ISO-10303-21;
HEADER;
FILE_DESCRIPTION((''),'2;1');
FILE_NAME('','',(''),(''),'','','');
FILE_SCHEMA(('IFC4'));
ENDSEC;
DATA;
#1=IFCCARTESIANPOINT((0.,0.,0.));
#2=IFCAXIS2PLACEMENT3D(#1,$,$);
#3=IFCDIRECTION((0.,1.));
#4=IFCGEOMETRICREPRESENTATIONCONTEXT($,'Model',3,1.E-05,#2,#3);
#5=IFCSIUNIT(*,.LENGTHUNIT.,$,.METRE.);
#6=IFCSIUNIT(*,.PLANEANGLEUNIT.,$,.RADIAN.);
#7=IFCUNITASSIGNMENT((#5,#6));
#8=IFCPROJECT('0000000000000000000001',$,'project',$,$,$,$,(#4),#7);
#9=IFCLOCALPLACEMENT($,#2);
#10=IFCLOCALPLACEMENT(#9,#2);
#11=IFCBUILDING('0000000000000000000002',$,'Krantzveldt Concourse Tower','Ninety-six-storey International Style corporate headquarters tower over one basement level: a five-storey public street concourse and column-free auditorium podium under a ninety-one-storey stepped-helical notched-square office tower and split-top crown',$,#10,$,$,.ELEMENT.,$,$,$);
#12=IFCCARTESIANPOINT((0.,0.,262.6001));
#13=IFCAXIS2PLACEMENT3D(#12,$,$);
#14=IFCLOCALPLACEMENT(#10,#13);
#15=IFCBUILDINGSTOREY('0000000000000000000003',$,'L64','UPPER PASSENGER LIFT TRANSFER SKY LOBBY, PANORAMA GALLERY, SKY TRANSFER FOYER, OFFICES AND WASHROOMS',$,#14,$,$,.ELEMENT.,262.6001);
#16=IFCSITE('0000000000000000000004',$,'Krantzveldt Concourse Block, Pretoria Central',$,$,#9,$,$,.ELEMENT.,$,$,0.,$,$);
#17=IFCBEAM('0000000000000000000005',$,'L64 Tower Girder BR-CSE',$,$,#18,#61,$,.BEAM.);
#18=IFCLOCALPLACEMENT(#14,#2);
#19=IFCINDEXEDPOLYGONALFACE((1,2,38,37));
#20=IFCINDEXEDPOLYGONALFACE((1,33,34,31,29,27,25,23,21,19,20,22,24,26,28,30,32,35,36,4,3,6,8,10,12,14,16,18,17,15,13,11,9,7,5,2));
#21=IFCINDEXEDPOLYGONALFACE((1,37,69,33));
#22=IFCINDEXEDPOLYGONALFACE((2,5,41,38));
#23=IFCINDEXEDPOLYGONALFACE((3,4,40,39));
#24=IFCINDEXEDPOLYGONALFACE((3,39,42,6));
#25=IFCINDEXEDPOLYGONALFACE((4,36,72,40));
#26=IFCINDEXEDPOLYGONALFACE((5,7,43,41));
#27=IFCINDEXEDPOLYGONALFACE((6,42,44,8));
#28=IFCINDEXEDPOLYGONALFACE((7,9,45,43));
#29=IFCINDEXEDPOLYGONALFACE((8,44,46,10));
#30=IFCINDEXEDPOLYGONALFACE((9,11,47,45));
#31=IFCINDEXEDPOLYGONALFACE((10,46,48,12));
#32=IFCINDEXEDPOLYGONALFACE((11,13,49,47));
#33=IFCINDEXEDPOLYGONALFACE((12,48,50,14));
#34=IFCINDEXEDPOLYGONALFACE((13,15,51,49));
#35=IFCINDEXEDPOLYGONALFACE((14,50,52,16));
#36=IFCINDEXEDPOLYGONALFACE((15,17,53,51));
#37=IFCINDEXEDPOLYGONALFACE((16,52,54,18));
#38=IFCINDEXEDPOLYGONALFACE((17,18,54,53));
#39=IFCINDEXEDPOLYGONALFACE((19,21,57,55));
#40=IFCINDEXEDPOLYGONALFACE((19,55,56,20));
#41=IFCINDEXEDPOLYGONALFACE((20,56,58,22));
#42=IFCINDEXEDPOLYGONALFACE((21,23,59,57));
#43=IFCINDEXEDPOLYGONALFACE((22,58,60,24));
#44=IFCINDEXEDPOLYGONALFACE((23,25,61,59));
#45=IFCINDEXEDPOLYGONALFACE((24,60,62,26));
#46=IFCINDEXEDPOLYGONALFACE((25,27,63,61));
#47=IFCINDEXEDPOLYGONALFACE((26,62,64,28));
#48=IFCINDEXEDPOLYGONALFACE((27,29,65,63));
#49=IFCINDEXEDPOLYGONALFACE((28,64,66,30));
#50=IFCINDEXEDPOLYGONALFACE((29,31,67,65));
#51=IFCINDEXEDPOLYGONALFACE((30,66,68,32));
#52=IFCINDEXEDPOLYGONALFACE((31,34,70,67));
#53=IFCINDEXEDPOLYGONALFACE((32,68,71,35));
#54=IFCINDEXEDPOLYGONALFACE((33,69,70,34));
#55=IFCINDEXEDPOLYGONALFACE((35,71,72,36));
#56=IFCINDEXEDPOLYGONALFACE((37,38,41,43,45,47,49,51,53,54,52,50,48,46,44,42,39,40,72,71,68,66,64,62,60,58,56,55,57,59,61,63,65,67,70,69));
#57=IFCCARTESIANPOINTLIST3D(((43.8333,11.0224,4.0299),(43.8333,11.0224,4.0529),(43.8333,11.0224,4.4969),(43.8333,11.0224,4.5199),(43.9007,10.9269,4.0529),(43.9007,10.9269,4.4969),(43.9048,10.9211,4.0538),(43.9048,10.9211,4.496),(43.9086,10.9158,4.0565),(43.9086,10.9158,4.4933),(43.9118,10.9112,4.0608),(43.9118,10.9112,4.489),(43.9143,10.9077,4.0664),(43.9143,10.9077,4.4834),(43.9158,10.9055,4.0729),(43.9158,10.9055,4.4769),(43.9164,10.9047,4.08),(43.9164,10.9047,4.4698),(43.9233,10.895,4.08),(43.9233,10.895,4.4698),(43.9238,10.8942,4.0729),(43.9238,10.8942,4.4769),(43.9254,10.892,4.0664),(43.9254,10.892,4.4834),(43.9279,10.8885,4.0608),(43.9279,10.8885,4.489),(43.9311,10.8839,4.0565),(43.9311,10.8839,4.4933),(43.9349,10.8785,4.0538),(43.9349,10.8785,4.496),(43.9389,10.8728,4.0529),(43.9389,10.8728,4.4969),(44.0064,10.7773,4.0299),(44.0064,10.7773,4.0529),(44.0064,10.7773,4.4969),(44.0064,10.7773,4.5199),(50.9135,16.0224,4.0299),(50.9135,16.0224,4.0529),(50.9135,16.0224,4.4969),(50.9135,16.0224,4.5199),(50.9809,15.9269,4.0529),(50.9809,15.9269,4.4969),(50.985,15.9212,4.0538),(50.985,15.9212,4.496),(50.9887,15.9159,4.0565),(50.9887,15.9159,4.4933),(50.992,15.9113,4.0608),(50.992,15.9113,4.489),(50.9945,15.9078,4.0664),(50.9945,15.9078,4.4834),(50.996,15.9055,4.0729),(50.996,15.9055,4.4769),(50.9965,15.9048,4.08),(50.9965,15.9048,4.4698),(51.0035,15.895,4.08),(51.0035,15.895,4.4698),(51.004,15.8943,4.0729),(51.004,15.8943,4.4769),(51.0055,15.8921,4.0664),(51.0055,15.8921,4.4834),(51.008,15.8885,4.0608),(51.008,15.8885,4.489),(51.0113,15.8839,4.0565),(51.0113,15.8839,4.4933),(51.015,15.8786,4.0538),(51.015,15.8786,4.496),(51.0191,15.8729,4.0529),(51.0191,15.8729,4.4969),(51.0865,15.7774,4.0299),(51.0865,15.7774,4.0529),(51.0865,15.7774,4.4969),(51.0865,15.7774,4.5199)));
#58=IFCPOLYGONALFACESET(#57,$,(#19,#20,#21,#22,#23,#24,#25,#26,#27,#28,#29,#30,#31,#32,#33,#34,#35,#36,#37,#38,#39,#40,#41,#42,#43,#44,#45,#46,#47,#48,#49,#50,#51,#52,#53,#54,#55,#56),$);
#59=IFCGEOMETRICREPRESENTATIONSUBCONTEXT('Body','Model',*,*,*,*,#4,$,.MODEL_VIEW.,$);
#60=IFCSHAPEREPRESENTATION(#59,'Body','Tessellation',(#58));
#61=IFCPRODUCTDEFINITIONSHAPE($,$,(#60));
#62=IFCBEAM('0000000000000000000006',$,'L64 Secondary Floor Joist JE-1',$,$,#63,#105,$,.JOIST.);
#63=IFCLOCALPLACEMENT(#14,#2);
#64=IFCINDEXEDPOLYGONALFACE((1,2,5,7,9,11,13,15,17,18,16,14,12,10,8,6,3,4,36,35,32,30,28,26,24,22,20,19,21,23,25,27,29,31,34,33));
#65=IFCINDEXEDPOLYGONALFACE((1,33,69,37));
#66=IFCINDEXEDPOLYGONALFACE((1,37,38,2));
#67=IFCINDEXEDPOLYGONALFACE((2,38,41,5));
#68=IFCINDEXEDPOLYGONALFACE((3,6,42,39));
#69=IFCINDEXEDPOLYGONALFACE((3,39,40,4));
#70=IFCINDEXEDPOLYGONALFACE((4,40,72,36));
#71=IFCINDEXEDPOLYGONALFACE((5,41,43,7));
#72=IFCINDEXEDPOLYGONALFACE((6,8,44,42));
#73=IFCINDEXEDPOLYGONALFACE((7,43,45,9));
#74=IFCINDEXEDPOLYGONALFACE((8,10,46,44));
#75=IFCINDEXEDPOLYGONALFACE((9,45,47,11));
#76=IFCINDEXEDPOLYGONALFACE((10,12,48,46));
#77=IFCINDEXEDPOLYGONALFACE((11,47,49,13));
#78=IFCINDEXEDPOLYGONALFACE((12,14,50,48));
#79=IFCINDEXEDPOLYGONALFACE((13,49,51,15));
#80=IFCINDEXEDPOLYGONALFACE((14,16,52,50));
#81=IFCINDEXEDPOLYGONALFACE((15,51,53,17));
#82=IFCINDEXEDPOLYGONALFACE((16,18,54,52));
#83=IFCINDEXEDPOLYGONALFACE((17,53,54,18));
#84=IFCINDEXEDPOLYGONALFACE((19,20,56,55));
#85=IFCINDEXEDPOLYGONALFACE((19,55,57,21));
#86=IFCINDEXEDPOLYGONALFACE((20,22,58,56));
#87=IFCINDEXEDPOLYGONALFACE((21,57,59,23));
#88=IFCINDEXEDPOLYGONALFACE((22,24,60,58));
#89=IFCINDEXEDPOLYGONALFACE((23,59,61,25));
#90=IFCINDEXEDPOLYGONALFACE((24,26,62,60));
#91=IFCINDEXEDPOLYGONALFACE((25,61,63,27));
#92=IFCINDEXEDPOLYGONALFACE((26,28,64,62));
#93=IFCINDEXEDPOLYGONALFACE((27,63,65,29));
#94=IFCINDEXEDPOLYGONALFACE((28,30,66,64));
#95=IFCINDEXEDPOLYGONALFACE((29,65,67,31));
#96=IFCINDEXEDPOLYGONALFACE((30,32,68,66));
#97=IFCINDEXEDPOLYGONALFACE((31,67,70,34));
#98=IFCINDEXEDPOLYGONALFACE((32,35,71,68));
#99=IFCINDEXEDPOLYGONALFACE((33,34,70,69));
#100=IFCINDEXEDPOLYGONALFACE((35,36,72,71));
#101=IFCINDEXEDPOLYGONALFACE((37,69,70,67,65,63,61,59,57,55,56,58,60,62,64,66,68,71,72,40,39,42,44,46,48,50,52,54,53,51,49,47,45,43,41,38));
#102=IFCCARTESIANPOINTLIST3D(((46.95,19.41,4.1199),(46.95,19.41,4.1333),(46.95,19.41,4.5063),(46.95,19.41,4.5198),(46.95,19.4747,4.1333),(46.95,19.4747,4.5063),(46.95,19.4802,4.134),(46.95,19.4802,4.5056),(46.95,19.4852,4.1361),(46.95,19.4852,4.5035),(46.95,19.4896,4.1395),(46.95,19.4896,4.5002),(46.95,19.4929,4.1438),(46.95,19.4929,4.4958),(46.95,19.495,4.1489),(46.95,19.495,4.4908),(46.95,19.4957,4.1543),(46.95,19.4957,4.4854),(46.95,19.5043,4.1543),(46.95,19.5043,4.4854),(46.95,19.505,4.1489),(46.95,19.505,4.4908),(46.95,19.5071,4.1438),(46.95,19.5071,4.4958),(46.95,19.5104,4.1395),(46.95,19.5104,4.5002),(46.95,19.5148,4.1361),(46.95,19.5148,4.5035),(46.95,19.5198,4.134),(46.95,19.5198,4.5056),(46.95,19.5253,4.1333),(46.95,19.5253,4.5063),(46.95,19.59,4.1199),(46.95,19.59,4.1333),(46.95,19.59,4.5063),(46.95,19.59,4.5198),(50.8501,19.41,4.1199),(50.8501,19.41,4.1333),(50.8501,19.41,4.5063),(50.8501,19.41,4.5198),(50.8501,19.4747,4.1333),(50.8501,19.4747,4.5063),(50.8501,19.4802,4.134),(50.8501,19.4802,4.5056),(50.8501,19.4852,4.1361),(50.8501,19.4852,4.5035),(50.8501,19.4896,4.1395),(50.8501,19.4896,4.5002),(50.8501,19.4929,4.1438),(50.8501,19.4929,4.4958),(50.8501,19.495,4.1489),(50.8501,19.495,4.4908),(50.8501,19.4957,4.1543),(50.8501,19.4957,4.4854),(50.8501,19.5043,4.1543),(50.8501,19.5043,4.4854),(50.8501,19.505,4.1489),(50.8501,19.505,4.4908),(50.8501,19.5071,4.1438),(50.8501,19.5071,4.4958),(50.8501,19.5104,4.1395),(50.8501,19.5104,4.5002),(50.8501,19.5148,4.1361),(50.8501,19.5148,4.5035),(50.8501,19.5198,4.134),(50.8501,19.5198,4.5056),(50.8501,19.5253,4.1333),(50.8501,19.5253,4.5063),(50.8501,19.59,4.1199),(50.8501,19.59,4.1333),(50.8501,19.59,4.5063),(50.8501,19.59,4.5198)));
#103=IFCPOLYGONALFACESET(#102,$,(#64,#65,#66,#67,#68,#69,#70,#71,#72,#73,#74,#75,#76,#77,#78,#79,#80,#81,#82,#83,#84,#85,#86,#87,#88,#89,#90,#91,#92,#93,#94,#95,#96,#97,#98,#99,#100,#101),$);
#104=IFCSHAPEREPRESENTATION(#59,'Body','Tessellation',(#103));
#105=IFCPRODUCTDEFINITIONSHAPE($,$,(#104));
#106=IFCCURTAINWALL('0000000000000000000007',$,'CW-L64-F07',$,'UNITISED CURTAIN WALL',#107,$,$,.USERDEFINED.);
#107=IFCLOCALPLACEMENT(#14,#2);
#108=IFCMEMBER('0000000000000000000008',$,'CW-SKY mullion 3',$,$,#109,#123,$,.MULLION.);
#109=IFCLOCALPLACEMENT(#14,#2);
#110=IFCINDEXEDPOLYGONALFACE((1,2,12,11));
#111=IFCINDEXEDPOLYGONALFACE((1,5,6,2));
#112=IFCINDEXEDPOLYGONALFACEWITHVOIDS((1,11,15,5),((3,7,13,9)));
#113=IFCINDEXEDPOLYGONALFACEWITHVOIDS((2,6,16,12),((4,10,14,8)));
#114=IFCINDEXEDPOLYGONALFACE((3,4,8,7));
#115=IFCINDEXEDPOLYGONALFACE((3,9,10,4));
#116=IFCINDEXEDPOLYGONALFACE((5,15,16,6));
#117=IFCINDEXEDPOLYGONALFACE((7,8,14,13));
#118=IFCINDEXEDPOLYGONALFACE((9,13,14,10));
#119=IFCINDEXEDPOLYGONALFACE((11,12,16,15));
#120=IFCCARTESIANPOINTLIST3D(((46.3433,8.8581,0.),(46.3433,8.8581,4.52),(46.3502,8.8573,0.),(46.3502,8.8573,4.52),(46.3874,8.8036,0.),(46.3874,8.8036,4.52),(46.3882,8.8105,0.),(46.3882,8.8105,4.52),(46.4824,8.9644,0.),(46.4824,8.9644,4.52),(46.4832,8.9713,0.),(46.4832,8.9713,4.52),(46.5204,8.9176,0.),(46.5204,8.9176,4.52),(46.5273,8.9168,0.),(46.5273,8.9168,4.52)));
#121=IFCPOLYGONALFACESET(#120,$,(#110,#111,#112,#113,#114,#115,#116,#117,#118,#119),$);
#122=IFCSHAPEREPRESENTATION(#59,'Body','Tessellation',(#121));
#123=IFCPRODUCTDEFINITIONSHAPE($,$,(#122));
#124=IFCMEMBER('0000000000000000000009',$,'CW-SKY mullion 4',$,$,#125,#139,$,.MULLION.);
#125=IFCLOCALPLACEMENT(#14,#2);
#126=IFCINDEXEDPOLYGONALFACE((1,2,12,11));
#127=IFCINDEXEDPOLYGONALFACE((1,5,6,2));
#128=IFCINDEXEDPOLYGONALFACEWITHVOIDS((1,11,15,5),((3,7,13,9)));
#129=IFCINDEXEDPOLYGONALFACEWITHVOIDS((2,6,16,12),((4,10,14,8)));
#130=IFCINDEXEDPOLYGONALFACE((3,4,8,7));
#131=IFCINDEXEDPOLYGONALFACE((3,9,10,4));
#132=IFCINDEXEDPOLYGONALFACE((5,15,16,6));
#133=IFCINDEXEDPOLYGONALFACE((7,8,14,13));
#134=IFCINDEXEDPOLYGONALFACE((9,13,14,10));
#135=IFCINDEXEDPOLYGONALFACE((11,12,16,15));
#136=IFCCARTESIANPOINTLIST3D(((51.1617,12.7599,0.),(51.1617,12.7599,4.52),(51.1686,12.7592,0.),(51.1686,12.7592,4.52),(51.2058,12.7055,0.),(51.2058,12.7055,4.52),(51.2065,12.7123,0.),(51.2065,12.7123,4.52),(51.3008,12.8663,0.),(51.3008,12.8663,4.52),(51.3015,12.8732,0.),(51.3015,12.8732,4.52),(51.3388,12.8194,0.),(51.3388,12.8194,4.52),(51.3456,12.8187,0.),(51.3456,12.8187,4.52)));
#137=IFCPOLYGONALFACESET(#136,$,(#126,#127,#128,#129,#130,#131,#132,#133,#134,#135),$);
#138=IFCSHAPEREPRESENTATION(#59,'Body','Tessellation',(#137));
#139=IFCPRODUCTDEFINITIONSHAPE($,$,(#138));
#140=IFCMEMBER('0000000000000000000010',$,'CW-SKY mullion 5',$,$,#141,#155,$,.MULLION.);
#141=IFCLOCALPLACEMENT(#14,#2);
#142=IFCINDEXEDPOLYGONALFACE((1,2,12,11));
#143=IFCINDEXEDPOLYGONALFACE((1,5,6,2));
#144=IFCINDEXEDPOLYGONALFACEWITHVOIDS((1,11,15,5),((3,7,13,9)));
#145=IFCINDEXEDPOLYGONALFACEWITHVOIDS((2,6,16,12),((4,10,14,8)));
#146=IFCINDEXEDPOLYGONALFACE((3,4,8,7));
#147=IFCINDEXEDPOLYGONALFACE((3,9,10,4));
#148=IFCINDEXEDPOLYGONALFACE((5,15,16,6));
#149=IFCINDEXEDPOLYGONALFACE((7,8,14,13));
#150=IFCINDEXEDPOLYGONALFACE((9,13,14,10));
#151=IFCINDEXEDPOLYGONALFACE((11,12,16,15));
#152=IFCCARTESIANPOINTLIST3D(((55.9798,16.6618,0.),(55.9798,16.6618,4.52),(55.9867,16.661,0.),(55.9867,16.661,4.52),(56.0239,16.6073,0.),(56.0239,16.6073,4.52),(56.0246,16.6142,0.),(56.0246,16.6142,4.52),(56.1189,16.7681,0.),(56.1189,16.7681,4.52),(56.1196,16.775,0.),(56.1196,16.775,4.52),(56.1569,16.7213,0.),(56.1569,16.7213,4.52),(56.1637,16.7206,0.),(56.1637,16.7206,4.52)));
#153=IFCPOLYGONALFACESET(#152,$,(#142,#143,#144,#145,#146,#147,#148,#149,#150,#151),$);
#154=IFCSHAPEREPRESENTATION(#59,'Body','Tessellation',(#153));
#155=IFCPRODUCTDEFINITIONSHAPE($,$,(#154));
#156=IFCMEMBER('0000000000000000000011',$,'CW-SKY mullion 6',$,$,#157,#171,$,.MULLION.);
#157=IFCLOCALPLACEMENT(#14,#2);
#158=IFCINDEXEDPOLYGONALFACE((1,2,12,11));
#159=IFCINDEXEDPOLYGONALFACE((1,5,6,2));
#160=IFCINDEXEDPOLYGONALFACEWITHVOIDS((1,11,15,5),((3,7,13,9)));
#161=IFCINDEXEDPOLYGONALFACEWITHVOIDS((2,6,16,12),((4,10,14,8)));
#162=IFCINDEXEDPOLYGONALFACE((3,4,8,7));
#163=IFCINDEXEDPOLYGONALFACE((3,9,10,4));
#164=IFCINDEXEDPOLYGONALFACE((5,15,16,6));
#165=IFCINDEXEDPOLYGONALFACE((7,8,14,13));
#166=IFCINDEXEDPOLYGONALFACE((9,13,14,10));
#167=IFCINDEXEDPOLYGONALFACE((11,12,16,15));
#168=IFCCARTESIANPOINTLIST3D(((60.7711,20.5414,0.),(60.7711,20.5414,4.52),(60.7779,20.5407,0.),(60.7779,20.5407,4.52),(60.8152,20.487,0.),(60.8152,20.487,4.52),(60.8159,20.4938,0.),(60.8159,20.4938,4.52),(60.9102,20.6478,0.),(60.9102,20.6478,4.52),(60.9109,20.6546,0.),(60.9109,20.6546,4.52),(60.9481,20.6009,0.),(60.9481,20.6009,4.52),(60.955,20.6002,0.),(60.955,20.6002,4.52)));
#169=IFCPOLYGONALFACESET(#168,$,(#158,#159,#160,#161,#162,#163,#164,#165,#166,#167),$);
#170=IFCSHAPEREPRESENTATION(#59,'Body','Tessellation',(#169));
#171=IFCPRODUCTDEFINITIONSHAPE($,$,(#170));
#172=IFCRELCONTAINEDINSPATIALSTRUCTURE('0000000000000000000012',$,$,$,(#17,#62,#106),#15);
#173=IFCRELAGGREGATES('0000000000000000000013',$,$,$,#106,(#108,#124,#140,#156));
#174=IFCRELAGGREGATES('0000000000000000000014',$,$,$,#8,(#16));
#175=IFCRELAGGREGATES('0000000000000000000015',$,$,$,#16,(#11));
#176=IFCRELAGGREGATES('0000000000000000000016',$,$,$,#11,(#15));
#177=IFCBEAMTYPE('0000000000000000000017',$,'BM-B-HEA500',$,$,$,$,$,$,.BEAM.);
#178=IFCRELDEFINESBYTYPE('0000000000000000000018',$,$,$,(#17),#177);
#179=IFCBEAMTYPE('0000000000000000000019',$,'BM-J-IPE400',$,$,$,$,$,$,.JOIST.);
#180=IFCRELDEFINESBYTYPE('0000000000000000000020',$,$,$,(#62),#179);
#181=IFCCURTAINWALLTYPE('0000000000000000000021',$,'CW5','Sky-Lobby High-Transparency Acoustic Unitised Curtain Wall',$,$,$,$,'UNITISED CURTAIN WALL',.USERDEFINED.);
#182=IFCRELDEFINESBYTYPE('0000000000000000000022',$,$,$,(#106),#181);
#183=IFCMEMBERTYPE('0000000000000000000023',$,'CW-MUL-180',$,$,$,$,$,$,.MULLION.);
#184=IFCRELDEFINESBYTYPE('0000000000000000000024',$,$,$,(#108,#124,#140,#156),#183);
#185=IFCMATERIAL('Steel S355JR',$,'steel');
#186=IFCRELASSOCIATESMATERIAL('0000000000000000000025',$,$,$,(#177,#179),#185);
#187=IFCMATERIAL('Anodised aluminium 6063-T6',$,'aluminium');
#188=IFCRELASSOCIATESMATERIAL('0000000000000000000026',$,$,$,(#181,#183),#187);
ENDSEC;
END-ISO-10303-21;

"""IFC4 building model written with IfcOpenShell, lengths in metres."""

from ifc_helpers import new_model, si_unit, direction, frame, origin, origin_2d, place, context, subcontext, project, spatial, hollow_rectangle, i_section, extrude, source, transform, mapped, material, material_profile, profile_set, type_object, type_shapes, element, aggregate, save


model = new_model("IFC4")

# Units and contexts
model_context = context("Model", 3, precision=1e-05, world=origin(), true_north=direction((0.0, 1.0)))
body_context = subcontext(model_context, "Body", "Model", "MODEL_VIEW")
ifc_project = project(units=[si_unit("LENGTHUNIT", "METRE"), si_unit("PLANEANGLEUNIT", "RADIAN")], contexts=[model_context])

# Site, building, storey
site_placement = place(None, origin())
site = spatial("IfcSite", under=ifc_project, at=site_placement, Name="Krantzveldt Concourse Block, Pretoria Central", CompositionType="ELEMENT", RefElevation=0.0)
building_placement = place(site_placement, origin())
building = spatial("IfcBuilding", under=site, at=building_placement, Name="Krantzveldt Concourse Tower", Description="Ninety-six-storey International Style corporate headquarters tower over one basement level: a five-storey public street concourse and column-free auditorium podium under a ninety-one-storey stepped-helical notched-square office tower and split-top crown", CompositionType="ELEMENT")
storey_placement = place(building_placement, frame((0.0, 0.0, 262.6001)))
storey = spatial("IfcBuildingStorey", under=building, at=storey_placement, Name="L64", Description="UPPER PASSENGER LIFT TRANSFER SKY LOBBY, PANORAMA GALLERY, SKY TRANSFER FOYER, OFFICES AND WASHROOMS", CompositionType="ELEMENT", Elevation=262.6001)

# Beams
ifc_material_1 = material(Name="Steel S355JR", Category="steel")
ifc_material_profile_1 = material_profile(ifc_material_1, i_section(OverallWidth=0.3, OverallDepth=0.49, WebThickness=0.012, FlangeThickness=0.0229, FilletRadius=0.0271, at=origin_2d()), Name="Steel S355JR", Category="steel")
ifc_profile_set_1 = profile_set([ifc_material_profile_1], Name="Steel S355JR - HEA 500")
beam_type_1 = type_object("IfcBeamType", Name="BM-B-HEA500", PredefinedType="BEAM", material=ifc_profile_set_1)
shared_shape_1 = source(origin(), body_context, "Body", "SweptSolid", [
    extrude(i_section(OverallWidth=0.3, OverallDepth=0.49, WebThickness=0.012, FlangeThickness=0.0229, FilletRadius=0.0271, at=origin_2d()), origin(), (0.0, 0.0, 1.0), 8.6677),
])
beam_1_placement = place(storey_placement, frame((51.0, 15.8999, 4.2749), z_axis=(-0.816843, -0.57686, 0.0), x_axis=(0.57686, -0.816843, 0.0)))
element("IfcBeam", 1, at=beam_1_placement, inside=storey, type_object=beam_type_1, Name="L64 Tower Girder BR-CSE", PredefinedType="BEAM", context=body_context, shape_type="MappedRepresentation", body=[
    mapped(shared_shape_1, transform((0.0, 0.0, 0.0), x_axis=(1.0, 0.0, 0.0), y_axis=(0.0, 1.0, 0.0), z_axis=(0.0, 0.0, 1.0), scale=1.0)),
])
ifc_material_profile_2 = material_profile(ifc_material_1, i_section(OverallWidth=0.1799, OverallDepth=0.3999, WebThickness=0.0085, FlangeThickness=0.0134, FilletRadius=0.021, at=origin_2d()), Name="Steel S355JR", Category="steel")
ifc_profile_set_2 = profile_set([ifc_material_profile_2], Name="Steel S355JR - IPE 400")
beam_type_2 = type_object("IfcBeamType", Name="BM-J-IPE400", PredefinedType="JOIST", material=ifc_profile_set_2)
shared_shape_2 = source(origin(), body_context, "Body", "SweptSolid", [
    extrude(i_section(OverallWidth=0.1799, OverallDepth=0.3999, WebThickness=0.0085, FlangeThickness=0.0134, FilletRadius=0.021, at=origin_2d()), origin(), (0.0, 0.0, 1.0), 3.9001),
])
type_shapes(beam_type_2, [shared_shape_2])
beam_2_placement = place(storey_placement, frame((46.95, 19.5, 4.3198), z_axis=(1.0, 0.0, 0.0), x_axis=(0.0, 1.0, 0.0)))
element("IfcBeam", 2, at=beam_2_placement, inside=storey, type_object=beam_type_2, Name="L64 Secondary Floor Joist JE-1", PredefinedType="JOIST", context=body_context, shape_type="MappedRepresentation", body=[
    mapped(shared_shape_2, transform((0.0, 0.0, 0.0), x_axis=(1.0, 0.0, 0.0), y_axis=(0.0, 1.0, 0.0), z_axis=(0.0, 0.0, 1.0), scale=1.0)),
])

# Curtain wall, members
ifc_material_2 = material(Name="Anodised aluminium 6063-T6", Category="aluminium")
curtain_wall_type = type_object("IfcCurtainWallType", Name="CW5", Description="Sky-Lobby High-Transparency Acoustic Unitised Curtain Wall", ElementType="UNITISED CURTAIN WALL", PredefinedType="USERDEFINED", material=ifc_material_2)
curtain_wall_placement = place(storey_placement, origin())
curtain_wall = element("IfcCurtainWall", 3, at=curtain_wall_placement, inside=storey, type_object=curtain_wall_type, Name="CW-L64-F07", ObjectType="UNITISED CURTAIN WALL", PredefinedType="USERDEFINED")
ifc_material_profile_3 = material_profile(ifc_material_2, hollow_rectangle(XDim=0.0701, YDim=0.1799, WallThickness=0.0049, at=origin_2d()), Name="Anodised aluminium 6063-T6", Category="aluminium")
ifc_profile_set_3 = profile_set([ifc_material_profile_3], Name="Anodised aluminium 6063-T6 - ALU-MULL 180x70x5")
member_type_1 = type_object("IfcMemberType", Name="CW-MUL-180", PredefinedType="MULLION", material=ifc_profile_set_3)
shared_shape_3 = source(origin(), body_context, "Body", "SweptSolid", [
    extrude(hollow_rectangle(XDim=0.0701, YDim=0.1799, WallThickness=0.0049, at=origin_2d()), origin(), (0.0, 0.0, 1.0), 4.52),
])
type_shapes(member_type_1, [shared_shape_3])
member_1_placement = place(storey_placement, frame((46.4353, 8.8875, 0.0), z_axis=(0.0, 0.0, 1.0), x_axis=(-0.62932, 0.777146, 0.0)))
member_1 = element("IfcMember", 4, at=member_1_placement, type_object=member_type_1, Name="CW-SKY mullion 3", PredefinedType="MULLION", context=body_context, shape_type="MappedRepresentation", body=[
    mapped(shared_shape_3, transform((0.0, 0.0, 0.0), x_axis=(1.0, 0.0, 0.0), y_axis=(0.0, 1.0, 0.0), z_axis=(0.0, 0.0, 1.0), scale=1.0)),
])
member_2_placement = place(storey_placement, frame((51.2537, 12.7893, 0.0), z_axis=(0.0, 0.0, 1.0), x_axis=(-0.62932, 0.777146, 0.0)))
member_2 = element("IfcMember", 5, at=member_2_placement, type_object=member_type_1, Name="CW-SKY mullion 4", PredefinedType="MULLION", context=body_context, shape_type="MappedRepresentation", body=[
    mapped(shared_shape_3, transform((0.0, 0.0, 0.0), x_axis=(1.0, 0.0, 0.0), y_axis=(0.0, 1.0, 0.0), z_axis=(0.0, 0.0, 1.0), scale=1.0)),
])
member_3_placement = place(storey_placement, frame((56.0718, 16.6912, 0.0), z_axis=(0.0, 0.0, 1.0), x_axis=(-0.62932, 0.777146, 0.0)))
member_3 = element("IfcMember", 6, at=member_3_placement, type_object=member_type_1, Name="CW-SKY mullion 5", PredefinedType="MULLION", context=body_context, shape_type="MappedRepresentation", body=[
    mapped(shared_shape_3, transform((0.0, 0.0, 0.0), x_axis=(1.0, 0.0, 0.0), y_axis=(0.0, 1.0, 0.0), z_axis=(0.0, 0.0, 1.0), scale=1.0)),
])
member_4_placement = place(storey_placement, frame((60.863, 20.5708, 0.0), z_axis=(0.0, 0.0, 1.0), x_axis=(-0.62932, 0.777146, 0.0)))
member_4 = element("IfcMember", 7, at=member_4_placement, type_object=member_type_1, Name="CW-SKY mullion 6", PredefinedType="MULLION", context=body_context, shape_type="MappedRepresentation", body=[
    mapped(shared_shape_3, transform((0.0, 0.0, 0.0), x_axis=(1.0, 0.0, 0.0), y_axis=(0.0, 1.0, 0.0), z_axis=(0.0, 0.0, 1.0), scale=1.0)),
])
aggregate(curtain_wall, [member_1, member_2, member_3, member_4])

save(model, "model.ifc")
